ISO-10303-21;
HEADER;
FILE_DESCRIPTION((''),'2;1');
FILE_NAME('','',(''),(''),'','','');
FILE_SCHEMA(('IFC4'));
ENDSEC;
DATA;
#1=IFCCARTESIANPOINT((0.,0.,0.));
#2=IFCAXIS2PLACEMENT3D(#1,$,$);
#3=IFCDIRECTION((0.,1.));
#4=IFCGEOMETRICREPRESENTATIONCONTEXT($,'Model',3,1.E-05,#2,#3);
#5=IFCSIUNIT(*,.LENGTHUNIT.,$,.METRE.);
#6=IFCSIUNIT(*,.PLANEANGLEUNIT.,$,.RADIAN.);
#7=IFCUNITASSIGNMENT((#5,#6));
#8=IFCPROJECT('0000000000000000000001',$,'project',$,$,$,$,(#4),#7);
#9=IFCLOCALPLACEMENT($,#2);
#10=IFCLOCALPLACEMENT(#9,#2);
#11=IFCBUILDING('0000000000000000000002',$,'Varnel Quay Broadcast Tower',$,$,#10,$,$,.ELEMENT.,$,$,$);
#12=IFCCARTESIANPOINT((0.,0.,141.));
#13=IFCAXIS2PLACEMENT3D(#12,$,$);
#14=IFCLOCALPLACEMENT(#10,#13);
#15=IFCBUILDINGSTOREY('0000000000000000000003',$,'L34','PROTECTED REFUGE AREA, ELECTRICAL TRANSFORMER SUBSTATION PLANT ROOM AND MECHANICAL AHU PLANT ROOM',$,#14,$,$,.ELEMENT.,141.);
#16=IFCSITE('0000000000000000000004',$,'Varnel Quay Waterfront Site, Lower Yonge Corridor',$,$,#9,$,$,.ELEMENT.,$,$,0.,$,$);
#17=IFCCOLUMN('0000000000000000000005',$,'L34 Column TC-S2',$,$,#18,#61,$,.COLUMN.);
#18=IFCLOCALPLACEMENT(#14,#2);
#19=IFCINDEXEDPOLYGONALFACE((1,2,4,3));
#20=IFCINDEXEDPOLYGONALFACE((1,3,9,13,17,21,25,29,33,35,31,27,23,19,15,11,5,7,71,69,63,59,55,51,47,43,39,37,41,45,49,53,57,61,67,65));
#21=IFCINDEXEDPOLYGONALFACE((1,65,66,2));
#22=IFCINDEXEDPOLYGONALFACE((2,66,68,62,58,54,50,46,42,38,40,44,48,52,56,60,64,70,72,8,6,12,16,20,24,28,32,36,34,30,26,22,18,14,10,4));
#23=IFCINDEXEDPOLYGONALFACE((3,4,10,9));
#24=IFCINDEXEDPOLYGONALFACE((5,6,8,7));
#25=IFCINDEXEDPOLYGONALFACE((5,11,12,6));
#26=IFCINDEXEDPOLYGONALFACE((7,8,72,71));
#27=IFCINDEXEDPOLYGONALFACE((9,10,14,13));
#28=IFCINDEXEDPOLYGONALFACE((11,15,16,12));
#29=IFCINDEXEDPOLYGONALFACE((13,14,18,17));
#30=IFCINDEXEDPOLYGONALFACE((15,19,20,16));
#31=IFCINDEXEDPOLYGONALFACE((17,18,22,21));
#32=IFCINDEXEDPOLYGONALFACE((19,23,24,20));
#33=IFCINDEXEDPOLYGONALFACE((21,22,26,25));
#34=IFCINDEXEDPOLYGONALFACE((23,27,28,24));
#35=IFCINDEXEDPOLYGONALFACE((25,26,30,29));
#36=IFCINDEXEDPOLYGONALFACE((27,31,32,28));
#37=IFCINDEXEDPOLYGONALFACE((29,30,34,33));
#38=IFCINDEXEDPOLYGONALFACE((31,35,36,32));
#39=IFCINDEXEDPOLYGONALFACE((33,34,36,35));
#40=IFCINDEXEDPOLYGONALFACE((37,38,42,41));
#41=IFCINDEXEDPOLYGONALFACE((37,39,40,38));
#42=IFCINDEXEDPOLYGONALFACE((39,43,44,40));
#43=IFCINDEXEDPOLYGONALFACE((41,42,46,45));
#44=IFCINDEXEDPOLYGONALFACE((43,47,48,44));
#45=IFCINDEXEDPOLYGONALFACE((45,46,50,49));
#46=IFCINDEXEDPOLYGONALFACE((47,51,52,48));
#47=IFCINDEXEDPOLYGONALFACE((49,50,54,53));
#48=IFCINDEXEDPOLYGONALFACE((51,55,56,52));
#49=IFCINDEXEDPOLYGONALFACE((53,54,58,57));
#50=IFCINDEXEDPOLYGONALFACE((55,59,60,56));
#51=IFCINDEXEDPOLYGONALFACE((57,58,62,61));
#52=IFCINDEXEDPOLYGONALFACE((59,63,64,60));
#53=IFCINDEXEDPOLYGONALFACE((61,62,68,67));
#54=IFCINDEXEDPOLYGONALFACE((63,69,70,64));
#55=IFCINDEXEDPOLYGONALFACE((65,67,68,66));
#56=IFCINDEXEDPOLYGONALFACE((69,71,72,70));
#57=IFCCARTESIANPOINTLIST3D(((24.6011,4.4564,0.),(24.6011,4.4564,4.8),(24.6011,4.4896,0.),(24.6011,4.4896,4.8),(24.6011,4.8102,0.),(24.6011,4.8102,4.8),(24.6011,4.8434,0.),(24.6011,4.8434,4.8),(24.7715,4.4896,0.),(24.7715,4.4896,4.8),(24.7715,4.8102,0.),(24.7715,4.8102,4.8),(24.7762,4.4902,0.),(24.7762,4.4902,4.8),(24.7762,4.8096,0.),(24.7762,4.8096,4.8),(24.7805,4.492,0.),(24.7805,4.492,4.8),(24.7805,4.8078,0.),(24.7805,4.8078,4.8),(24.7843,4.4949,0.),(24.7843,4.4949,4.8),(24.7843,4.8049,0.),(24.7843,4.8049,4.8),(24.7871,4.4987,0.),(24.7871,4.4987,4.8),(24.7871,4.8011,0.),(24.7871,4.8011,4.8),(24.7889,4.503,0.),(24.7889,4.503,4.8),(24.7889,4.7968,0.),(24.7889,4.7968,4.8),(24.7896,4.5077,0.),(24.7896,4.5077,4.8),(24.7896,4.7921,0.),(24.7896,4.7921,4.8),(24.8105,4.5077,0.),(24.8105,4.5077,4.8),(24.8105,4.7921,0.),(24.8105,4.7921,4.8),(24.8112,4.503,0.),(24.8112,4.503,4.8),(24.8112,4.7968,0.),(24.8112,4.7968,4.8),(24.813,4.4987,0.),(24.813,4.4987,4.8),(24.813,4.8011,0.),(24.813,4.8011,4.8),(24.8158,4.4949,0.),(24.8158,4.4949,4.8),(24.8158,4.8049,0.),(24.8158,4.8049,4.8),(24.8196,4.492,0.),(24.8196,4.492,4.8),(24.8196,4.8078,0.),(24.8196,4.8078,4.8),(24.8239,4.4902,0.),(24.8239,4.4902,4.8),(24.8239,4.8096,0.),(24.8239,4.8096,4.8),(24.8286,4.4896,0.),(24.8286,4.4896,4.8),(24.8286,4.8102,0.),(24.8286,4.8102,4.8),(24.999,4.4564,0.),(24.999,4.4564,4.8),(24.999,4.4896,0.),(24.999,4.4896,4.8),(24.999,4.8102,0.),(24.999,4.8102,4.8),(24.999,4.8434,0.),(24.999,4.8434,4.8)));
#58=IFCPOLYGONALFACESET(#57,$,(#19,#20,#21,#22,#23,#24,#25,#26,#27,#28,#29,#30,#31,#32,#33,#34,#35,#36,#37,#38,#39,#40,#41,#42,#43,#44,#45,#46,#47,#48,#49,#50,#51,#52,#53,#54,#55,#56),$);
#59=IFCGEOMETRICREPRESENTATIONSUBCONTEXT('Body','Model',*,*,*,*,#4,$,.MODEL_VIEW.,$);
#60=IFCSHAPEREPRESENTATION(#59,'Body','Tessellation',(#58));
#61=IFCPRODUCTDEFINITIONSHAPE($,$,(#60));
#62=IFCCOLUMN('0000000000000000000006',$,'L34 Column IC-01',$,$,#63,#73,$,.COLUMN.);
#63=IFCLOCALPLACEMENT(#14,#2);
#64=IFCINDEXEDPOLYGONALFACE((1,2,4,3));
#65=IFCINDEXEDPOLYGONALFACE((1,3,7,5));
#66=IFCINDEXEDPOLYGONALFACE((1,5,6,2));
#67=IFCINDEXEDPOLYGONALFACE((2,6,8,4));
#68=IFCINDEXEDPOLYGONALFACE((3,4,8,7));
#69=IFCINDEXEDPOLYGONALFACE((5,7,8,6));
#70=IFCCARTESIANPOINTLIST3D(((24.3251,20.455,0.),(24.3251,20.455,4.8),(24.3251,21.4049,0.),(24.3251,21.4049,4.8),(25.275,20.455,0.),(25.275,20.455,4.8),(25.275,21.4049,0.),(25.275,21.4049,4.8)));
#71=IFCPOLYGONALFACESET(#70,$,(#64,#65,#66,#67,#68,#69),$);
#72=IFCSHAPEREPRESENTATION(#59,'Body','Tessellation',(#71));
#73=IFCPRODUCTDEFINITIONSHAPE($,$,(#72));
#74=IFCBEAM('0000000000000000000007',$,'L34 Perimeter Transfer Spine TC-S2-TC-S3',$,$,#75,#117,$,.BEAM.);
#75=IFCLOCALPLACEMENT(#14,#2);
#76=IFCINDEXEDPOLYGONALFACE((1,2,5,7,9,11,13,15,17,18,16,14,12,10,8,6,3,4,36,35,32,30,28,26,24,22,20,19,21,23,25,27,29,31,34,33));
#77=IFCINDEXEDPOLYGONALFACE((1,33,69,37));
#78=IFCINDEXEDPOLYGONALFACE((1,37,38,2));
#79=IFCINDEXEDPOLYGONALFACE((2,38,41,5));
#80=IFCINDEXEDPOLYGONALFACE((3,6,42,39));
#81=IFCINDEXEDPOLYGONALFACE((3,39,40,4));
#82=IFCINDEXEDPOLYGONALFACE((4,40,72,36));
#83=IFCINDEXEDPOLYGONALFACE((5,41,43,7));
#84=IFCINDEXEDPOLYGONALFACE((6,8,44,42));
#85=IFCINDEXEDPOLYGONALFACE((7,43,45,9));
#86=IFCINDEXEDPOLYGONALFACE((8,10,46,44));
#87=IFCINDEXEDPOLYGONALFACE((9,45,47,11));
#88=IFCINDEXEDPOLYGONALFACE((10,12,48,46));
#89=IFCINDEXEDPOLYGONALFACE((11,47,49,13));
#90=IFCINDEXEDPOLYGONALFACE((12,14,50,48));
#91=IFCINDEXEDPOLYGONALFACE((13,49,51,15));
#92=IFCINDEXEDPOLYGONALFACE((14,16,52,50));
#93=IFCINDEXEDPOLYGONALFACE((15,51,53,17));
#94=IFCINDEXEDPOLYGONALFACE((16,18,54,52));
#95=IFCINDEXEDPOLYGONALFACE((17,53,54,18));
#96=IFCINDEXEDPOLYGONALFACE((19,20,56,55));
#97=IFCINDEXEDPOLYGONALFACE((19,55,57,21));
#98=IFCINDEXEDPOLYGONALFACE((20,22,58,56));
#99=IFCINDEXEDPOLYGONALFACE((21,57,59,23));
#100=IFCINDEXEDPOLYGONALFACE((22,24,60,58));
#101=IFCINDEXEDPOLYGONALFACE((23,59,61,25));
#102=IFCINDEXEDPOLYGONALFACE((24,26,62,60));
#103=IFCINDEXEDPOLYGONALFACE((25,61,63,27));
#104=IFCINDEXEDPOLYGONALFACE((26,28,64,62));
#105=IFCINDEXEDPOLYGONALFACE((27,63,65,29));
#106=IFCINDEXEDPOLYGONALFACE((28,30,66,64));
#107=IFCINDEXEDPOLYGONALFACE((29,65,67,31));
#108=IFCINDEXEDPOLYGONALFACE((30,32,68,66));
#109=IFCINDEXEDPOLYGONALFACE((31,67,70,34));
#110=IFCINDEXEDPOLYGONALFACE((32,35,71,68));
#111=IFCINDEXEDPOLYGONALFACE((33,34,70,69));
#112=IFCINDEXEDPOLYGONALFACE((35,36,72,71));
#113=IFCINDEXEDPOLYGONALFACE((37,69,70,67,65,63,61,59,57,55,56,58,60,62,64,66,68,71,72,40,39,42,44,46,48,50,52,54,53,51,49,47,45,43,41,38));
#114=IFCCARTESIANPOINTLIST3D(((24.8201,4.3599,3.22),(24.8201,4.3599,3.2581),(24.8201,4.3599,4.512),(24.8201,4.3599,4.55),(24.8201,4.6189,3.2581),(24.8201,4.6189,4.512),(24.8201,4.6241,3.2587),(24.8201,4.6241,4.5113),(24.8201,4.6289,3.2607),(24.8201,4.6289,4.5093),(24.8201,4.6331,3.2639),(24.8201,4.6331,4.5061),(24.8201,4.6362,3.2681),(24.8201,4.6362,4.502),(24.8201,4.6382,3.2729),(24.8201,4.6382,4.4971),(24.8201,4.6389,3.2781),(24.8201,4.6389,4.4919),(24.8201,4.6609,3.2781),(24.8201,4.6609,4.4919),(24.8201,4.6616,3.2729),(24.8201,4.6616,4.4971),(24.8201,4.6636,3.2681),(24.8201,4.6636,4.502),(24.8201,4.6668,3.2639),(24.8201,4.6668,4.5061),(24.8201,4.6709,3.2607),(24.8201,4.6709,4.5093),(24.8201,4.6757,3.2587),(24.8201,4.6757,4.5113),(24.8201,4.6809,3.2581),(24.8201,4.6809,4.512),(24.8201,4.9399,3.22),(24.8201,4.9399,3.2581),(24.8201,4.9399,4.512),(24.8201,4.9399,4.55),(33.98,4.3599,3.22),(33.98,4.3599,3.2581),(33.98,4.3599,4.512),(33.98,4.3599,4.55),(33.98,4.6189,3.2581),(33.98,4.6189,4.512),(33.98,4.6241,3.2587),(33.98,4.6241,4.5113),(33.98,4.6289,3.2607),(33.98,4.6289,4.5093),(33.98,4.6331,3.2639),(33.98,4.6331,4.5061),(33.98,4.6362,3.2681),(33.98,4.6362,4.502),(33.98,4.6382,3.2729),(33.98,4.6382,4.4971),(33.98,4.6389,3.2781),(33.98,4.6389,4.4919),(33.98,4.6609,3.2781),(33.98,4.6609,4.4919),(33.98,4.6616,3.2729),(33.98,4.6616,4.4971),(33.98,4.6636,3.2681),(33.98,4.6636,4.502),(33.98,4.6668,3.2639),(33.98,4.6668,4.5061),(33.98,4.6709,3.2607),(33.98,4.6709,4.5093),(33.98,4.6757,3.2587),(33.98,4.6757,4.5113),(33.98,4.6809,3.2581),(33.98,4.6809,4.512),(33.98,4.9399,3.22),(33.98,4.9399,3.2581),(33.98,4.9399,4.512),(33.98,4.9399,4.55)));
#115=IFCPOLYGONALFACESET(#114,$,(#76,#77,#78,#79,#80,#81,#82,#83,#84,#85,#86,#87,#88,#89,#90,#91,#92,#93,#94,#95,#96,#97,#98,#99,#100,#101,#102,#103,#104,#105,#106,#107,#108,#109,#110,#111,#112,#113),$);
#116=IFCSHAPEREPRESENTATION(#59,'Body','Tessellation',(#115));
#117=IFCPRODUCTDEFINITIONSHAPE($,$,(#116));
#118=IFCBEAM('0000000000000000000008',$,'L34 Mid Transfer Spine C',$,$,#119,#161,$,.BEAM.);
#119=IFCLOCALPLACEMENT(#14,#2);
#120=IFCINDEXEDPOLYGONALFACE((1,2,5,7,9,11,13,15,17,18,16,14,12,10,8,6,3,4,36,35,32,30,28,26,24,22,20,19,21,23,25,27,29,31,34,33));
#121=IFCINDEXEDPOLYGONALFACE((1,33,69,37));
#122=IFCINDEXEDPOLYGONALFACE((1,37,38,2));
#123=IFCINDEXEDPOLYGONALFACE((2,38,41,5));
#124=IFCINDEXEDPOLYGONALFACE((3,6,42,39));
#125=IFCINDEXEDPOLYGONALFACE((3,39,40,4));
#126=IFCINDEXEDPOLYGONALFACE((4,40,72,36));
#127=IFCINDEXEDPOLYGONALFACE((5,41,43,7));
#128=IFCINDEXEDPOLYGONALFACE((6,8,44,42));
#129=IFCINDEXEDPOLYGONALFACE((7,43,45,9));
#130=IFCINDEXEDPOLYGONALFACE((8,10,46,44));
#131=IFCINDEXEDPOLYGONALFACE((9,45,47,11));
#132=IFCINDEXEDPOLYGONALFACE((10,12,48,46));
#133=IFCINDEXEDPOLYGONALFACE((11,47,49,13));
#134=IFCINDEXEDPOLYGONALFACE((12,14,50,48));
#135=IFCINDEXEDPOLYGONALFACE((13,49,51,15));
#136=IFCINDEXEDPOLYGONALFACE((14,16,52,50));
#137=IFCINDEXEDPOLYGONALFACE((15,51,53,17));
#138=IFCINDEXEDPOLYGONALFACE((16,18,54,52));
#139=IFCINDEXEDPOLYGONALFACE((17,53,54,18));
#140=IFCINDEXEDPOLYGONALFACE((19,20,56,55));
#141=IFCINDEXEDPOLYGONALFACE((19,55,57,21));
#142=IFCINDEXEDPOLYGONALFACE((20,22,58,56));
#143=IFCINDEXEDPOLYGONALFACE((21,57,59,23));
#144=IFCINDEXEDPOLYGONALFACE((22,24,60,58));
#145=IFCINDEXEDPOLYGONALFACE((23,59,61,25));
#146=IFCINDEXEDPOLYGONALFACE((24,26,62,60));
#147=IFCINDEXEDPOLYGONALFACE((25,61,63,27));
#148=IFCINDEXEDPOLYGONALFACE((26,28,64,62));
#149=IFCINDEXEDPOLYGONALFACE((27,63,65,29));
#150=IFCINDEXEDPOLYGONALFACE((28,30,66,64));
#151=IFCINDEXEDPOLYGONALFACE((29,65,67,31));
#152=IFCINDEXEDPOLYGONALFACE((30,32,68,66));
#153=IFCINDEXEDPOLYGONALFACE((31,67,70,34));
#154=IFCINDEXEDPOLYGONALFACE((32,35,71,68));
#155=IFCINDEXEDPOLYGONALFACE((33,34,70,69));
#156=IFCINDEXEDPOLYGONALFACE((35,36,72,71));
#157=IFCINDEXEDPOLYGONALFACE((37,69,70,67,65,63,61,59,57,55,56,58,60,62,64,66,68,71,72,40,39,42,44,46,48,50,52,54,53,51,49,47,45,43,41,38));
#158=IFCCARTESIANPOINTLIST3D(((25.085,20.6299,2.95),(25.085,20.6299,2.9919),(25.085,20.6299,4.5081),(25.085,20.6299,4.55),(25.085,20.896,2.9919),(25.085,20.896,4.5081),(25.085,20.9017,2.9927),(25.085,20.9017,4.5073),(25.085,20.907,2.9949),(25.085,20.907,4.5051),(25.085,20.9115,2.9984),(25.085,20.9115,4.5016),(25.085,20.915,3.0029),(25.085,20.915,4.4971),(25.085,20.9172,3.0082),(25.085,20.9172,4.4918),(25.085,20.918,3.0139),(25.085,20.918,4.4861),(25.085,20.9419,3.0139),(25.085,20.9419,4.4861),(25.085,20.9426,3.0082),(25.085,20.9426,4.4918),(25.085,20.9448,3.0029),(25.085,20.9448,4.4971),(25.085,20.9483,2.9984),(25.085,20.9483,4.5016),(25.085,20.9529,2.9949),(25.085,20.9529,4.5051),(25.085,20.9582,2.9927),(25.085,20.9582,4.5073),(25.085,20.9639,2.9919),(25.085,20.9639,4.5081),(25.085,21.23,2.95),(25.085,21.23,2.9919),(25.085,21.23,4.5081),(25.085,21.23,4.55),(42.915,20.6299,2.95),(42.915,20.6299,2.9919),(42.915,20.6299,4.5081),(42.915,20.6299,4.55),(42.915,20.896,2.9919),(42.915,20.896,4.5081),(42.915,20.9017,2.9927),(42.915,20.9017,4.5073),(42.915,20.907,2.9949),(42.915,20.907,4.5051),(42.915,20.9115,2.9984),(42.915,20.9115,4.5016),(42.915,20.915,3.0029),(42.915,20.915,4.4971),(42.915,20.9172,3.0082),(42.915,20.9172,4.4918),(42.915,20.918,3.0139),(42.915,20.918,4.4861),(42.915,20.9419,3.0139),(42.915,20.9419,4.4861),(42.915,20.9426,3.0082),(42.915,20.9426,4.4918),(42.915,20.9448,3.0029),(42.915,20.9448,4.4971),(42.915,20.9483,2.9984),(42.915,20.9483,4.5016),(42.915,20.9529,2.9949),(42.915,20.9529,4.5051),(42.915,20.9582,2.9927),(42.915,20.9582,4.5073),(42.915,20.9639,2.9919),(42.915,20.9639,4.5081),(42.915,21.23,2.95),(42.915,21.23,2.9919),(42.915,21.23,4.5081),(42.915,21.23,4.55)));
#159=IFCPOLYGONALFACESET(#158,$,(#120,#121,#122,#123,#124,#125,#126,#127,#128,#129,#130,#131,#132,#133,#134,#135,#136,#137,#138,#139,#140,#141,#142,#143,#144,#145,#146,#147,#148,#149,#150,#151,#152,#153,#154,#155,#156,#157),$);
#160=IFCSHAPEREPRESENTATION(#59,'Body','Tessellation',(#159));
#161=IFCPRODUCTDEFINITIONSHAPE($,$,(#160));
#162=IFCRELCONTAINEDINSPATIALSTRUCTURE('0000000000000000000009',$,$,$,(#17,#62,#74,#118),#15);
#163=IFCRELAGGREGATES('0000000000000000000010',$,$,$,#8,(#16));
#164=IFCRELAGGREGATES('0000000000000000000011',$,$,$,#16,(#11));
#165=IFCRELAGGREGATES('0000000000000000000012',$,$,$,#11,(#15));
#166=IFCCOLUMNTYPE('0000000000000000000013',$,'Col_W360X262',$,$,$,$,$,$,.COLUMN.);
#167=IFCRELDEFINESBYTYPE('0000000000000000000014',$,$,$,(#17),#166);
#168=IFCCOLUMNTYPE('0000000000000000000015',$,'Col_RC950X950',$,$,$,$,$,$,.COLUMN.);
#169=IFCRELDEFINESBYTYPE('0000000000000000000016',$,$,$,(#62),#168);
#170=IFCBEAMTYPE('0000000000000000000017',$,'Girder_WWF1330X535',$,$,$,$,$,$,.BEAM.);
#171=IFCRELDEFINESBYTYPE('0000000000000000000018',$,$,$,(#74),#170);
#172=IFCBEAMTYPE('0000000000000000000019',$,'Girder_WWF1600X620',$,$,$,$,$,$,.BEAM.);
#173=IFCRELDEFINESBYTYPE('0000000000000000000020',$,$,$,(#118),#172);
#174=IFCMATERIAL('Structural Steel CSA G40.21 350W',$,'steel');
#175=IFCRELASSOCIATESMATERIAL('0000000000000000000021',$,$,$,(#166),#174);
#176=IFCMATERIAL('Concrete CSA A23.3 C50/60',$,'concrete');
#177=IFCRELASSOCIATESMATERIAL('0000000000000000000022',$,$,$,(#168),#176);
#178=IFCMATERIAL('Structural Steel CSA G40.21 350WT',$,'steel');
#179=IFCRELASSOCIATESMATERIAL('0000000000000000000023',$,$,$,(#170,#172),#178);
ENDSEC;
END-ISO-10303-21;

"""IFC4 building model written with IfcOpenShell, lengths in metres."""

from ifc_helpers import new_model, si_unit, direction, frame, origin, origin_2d, place, context, subcontext, project, spatial, rectangle, i_section, extrude, source, transform, mapped, material, material_profile, profile_set, type_object, type_shapes, element, save


model = new_model("IFC4")

# Units and contexts
model_context = context("Model", 3, precision=1e-05, world=origin(), true_north=direction((0.0, 1.0)))
body_context = subcontext(model_context, "Body", "Model", "MODEL_VIEW")
ifc_project = project(units=[si_unit("LENGTHUNIT", "METRE"), si_unit("PLANEANGLEUNIT", "RADIAN")], contexts=[model_context])

# Site, building, storey
site_placement = place(None, origin())
site = spatial("IfcSite", under=ifc_project, at=site_placement, Name="Varnel Quay Waterfront Site, Lower Yonge Corridor", CompositionType="ELEMENT", RefElevation=0.0)
building_placement = place(site_placement, origin())
building = spatial("IfcBuilding", under=site, at=building_placement, Name="Varnel Quay Broadcast Tower", CompositionType="ELEMENT")
storey_placement = place(building_placement, frame((0.0, 0.0, 141.0)))
storey = spatial("IfcBuildingStorey", under=building, at=storey_placement, Name="L34", Description="PROTECTED REFUGE AREA, ELECTRICAL TRANSFORMER SUBSTATION PLANT ROOM AND MECHANICAL AHU PLANT ROOM", CompositionType="ELEMENT", Elevation=141.0)

# Columns
ifc_material_1 = material(Name="Structural Steel CSA G40.21 350W", Category="steel")
ifc_material_profile_1 = material_profile(ifc_material_1, i_section(OverallWidth=0.3979, OverallDepth=0.387, WebThickness=0.021, FlangeThickness=0.0332, FilletRadius=0.0181, at=origin_2d()), Name="W360X262")
ifc_profile_set_1 = profile_set([ifc_material_profile_1], Name="Structural Steel CSA G40.21 350W")
column_type_1 = type_object("IfcColumnType", Name="Col_W360X262", PredefinedType="COLUMN", material=ifc_profile_set_1)
shared_shape_1 = source(origin(), body_context, "Body", "SweptSolid", [
    extrude(i_section(OverallWidth=0.3979, OverallDepth=0.387, WebThickness=0.021, FlangeThickness=0.0332, FilletRadius=0.0181, at=origin_2d()), origin(), (0.0, 0.0, 1.0), 4.8),
])
type_shapes(column_type_1, [shared_shape_1])
column_1_placement = place(storey_placement, frame((24.8, 4.6499, 0.0), z_axis=(0.0, 0.0, 1.0), x_axis=(1.0, 0.0, 0.0)))
element("IfcColumn", 1, at=column_1_placement, inside=storey, type_object=column_type_1, Name="L34 Column TC-S2", PredefinedType="COLUMN", context=body_context, shape_type="MappedRepresentation", body=[
    mapped(shared_shape_1, transform((0.0, 0.0, 0.0), x_axis=(1.0, 0.0, 0.0), y_axis=(0.0, 1.0, 0.0), z_axis=(0.0, 0.0, 1.0), scale=1.0)),
])
ifc_material_2 = material(Name="Concrete CSA A23.3 C50/60", Category="concrete")
ifc_material_profile_2 = material_profile(ifc_material_2, rectangle(XDim=0.95, YDim=0.95, at=origin_2d()), Name="RC950X950")
ifc_profile_set_2 = profile_set([ifc_material_profile_2], Name="Concrete CSA A23.3 C50/60")
column_type_2 = type_object("IfcColumnType", Name="Col_RC950X950", PredefinedType="COLUMN", material=ifc_profile_set_2)
shared_shape_2 = source(origin(), body_context, "Body", "SweptSolid", [
    extrude(rectangle(XDim=0.95, YDim=0.95, at=origin_2d()), origin(), (0.0, 0.0, 1.0), 4.8),
])
type_shapes(column_type_2, [shared_shape_2])
column_2_placement = place(storey_placement, frame((24.8, 20.9299, 0.0), z_axis=(0.0, 0.0, 1.0), x_axis=(1.0, 0.0, 0.0)))
element("IfcColumn", 2, at=column_2_placement, inside=storey, type_object=column_type_2, Name="L34 Column IC-01", PredefinedType="COLUMN", context=body_context, shape_type="MappedRepresentation", body=[
    mapped(shared_shape_2, transform((0.0, 0.0, 0.0), x_axis=(1.0, 0.0, 0.0), y_axis=(0.0, 1.0, 0.0), z_axis=(0.0, 0.0, 1.0), scale=1.0)),
])

# Beams
ifc_material_3 = material(Name="Structural Steel CSA G40.21 350WT", Category="steel")
ifc_material_profile_3 = material_profile(ifc_material_3, i_section(OverallWidth=0.5801, OverallDepth=1.3301, WebThickness=0.022, FlangeThickness=0.0381, FilletRadius=0.02, at=origin_2d()), Name="WWF1330X535")
ifc_profile_set_3 = profile_set([ifc_material_profile_3], Name="Structural Steel CSA G40.21 350WT")
beam_type_1 = type_object("IfcBeamType", Name="Girder_WWF1330X535", PredefinedType="BEAM", material=ifc_profile_set_3)
shared_shape_3 = source(origin(), body_context, "Body", "SweptSolid", [
    extrude(i_section(OverallWidth=0.5801, OverallDepth=1.3301, WebThickness=0.022, FlangeThickness=0.0381, FilletRadius=0.02, at=origin_2d()), origin(), (0.0, 0.0, 1.0), 9.1599),
])
beam_1_placement = place(storey_placement, frame((24.8201, 4.6499, 3.885), z_axis=(1.0, 0.0, 0.0), x_axis=(0.0, 1.0, 0.0)))
element("IfcBeam", 3, at=beam_1_placement, inside=storey, type_object=beam_type_1, Name="L34 Perimeter Transfer Spine TC-S2-TC-S3", PredefinedType="BEAM", context=body_context, shape_type="MappedRepresentation", body=[
    mapped(shared_shape_3, transform((0.0, 0.0, 0.0), x_axis=(1.0, 0.0, 0.0), y_axis=(0.0, 1.0, 0.0), z_axis=(0.0, 0.0, 1.0), scale=1.0)),
])
ifc_material_profile_4 = material_profile(ifc_material_3, i_section(OverallWidth=0.6001, OverallDepth=1.6001, WebThickness=0.0239, FlangeThickness=0.042, FilletRadius=0.022, at=origin_2d()), Name="WWF1600X620")
ifc_profile_set_4 = profile_set([ifc_material_profile_4], Name="Structural Steel CSA G40.21 350WT")
beam_type_2 = type_object("IfcBeamType", Name="Girder_WWF1600X620", PredefinedType="BEAM", material=ifc_profile_set_4)
shared_shape_4 = source(origin(), body_context, "Body", "SweptSolid", [
    extrude(i_section(OverallWidth=0.6001, OverallDepth=1.6001, WebThickness=0.0239, FlangeThickness=0.042, FilletRadius=0.022, at=origin_2d()), origin(), (0.0, 0.0, 1.0), 17.8301),
])
beam_2_placement = place(storey_placement, frame((25.085, 20.9299, 3.75), z_axis=(1.0, 0.0, 0.0), x_axis=(0.0, 1.0, 0.0)))
element("IfcBeam", 4, at=beam_2_placement, inside=storey, type_object=beam_type_2, Name="L34 Mid Transfer Spine C", PredefinedType="BEAM", context=body_context, shape_type="MappedRepresentation", body=[
    mapped(shared_shape_4, transform((0.0, 0.0, 0.0), x_axis=(1.0, 0.0, 0.0), y_axis=(0.0, 1.0, 0.0), z_axis=(0.0, 0.0, 1.0), scale=1.0)),
])

save(model, "model.ifc")
